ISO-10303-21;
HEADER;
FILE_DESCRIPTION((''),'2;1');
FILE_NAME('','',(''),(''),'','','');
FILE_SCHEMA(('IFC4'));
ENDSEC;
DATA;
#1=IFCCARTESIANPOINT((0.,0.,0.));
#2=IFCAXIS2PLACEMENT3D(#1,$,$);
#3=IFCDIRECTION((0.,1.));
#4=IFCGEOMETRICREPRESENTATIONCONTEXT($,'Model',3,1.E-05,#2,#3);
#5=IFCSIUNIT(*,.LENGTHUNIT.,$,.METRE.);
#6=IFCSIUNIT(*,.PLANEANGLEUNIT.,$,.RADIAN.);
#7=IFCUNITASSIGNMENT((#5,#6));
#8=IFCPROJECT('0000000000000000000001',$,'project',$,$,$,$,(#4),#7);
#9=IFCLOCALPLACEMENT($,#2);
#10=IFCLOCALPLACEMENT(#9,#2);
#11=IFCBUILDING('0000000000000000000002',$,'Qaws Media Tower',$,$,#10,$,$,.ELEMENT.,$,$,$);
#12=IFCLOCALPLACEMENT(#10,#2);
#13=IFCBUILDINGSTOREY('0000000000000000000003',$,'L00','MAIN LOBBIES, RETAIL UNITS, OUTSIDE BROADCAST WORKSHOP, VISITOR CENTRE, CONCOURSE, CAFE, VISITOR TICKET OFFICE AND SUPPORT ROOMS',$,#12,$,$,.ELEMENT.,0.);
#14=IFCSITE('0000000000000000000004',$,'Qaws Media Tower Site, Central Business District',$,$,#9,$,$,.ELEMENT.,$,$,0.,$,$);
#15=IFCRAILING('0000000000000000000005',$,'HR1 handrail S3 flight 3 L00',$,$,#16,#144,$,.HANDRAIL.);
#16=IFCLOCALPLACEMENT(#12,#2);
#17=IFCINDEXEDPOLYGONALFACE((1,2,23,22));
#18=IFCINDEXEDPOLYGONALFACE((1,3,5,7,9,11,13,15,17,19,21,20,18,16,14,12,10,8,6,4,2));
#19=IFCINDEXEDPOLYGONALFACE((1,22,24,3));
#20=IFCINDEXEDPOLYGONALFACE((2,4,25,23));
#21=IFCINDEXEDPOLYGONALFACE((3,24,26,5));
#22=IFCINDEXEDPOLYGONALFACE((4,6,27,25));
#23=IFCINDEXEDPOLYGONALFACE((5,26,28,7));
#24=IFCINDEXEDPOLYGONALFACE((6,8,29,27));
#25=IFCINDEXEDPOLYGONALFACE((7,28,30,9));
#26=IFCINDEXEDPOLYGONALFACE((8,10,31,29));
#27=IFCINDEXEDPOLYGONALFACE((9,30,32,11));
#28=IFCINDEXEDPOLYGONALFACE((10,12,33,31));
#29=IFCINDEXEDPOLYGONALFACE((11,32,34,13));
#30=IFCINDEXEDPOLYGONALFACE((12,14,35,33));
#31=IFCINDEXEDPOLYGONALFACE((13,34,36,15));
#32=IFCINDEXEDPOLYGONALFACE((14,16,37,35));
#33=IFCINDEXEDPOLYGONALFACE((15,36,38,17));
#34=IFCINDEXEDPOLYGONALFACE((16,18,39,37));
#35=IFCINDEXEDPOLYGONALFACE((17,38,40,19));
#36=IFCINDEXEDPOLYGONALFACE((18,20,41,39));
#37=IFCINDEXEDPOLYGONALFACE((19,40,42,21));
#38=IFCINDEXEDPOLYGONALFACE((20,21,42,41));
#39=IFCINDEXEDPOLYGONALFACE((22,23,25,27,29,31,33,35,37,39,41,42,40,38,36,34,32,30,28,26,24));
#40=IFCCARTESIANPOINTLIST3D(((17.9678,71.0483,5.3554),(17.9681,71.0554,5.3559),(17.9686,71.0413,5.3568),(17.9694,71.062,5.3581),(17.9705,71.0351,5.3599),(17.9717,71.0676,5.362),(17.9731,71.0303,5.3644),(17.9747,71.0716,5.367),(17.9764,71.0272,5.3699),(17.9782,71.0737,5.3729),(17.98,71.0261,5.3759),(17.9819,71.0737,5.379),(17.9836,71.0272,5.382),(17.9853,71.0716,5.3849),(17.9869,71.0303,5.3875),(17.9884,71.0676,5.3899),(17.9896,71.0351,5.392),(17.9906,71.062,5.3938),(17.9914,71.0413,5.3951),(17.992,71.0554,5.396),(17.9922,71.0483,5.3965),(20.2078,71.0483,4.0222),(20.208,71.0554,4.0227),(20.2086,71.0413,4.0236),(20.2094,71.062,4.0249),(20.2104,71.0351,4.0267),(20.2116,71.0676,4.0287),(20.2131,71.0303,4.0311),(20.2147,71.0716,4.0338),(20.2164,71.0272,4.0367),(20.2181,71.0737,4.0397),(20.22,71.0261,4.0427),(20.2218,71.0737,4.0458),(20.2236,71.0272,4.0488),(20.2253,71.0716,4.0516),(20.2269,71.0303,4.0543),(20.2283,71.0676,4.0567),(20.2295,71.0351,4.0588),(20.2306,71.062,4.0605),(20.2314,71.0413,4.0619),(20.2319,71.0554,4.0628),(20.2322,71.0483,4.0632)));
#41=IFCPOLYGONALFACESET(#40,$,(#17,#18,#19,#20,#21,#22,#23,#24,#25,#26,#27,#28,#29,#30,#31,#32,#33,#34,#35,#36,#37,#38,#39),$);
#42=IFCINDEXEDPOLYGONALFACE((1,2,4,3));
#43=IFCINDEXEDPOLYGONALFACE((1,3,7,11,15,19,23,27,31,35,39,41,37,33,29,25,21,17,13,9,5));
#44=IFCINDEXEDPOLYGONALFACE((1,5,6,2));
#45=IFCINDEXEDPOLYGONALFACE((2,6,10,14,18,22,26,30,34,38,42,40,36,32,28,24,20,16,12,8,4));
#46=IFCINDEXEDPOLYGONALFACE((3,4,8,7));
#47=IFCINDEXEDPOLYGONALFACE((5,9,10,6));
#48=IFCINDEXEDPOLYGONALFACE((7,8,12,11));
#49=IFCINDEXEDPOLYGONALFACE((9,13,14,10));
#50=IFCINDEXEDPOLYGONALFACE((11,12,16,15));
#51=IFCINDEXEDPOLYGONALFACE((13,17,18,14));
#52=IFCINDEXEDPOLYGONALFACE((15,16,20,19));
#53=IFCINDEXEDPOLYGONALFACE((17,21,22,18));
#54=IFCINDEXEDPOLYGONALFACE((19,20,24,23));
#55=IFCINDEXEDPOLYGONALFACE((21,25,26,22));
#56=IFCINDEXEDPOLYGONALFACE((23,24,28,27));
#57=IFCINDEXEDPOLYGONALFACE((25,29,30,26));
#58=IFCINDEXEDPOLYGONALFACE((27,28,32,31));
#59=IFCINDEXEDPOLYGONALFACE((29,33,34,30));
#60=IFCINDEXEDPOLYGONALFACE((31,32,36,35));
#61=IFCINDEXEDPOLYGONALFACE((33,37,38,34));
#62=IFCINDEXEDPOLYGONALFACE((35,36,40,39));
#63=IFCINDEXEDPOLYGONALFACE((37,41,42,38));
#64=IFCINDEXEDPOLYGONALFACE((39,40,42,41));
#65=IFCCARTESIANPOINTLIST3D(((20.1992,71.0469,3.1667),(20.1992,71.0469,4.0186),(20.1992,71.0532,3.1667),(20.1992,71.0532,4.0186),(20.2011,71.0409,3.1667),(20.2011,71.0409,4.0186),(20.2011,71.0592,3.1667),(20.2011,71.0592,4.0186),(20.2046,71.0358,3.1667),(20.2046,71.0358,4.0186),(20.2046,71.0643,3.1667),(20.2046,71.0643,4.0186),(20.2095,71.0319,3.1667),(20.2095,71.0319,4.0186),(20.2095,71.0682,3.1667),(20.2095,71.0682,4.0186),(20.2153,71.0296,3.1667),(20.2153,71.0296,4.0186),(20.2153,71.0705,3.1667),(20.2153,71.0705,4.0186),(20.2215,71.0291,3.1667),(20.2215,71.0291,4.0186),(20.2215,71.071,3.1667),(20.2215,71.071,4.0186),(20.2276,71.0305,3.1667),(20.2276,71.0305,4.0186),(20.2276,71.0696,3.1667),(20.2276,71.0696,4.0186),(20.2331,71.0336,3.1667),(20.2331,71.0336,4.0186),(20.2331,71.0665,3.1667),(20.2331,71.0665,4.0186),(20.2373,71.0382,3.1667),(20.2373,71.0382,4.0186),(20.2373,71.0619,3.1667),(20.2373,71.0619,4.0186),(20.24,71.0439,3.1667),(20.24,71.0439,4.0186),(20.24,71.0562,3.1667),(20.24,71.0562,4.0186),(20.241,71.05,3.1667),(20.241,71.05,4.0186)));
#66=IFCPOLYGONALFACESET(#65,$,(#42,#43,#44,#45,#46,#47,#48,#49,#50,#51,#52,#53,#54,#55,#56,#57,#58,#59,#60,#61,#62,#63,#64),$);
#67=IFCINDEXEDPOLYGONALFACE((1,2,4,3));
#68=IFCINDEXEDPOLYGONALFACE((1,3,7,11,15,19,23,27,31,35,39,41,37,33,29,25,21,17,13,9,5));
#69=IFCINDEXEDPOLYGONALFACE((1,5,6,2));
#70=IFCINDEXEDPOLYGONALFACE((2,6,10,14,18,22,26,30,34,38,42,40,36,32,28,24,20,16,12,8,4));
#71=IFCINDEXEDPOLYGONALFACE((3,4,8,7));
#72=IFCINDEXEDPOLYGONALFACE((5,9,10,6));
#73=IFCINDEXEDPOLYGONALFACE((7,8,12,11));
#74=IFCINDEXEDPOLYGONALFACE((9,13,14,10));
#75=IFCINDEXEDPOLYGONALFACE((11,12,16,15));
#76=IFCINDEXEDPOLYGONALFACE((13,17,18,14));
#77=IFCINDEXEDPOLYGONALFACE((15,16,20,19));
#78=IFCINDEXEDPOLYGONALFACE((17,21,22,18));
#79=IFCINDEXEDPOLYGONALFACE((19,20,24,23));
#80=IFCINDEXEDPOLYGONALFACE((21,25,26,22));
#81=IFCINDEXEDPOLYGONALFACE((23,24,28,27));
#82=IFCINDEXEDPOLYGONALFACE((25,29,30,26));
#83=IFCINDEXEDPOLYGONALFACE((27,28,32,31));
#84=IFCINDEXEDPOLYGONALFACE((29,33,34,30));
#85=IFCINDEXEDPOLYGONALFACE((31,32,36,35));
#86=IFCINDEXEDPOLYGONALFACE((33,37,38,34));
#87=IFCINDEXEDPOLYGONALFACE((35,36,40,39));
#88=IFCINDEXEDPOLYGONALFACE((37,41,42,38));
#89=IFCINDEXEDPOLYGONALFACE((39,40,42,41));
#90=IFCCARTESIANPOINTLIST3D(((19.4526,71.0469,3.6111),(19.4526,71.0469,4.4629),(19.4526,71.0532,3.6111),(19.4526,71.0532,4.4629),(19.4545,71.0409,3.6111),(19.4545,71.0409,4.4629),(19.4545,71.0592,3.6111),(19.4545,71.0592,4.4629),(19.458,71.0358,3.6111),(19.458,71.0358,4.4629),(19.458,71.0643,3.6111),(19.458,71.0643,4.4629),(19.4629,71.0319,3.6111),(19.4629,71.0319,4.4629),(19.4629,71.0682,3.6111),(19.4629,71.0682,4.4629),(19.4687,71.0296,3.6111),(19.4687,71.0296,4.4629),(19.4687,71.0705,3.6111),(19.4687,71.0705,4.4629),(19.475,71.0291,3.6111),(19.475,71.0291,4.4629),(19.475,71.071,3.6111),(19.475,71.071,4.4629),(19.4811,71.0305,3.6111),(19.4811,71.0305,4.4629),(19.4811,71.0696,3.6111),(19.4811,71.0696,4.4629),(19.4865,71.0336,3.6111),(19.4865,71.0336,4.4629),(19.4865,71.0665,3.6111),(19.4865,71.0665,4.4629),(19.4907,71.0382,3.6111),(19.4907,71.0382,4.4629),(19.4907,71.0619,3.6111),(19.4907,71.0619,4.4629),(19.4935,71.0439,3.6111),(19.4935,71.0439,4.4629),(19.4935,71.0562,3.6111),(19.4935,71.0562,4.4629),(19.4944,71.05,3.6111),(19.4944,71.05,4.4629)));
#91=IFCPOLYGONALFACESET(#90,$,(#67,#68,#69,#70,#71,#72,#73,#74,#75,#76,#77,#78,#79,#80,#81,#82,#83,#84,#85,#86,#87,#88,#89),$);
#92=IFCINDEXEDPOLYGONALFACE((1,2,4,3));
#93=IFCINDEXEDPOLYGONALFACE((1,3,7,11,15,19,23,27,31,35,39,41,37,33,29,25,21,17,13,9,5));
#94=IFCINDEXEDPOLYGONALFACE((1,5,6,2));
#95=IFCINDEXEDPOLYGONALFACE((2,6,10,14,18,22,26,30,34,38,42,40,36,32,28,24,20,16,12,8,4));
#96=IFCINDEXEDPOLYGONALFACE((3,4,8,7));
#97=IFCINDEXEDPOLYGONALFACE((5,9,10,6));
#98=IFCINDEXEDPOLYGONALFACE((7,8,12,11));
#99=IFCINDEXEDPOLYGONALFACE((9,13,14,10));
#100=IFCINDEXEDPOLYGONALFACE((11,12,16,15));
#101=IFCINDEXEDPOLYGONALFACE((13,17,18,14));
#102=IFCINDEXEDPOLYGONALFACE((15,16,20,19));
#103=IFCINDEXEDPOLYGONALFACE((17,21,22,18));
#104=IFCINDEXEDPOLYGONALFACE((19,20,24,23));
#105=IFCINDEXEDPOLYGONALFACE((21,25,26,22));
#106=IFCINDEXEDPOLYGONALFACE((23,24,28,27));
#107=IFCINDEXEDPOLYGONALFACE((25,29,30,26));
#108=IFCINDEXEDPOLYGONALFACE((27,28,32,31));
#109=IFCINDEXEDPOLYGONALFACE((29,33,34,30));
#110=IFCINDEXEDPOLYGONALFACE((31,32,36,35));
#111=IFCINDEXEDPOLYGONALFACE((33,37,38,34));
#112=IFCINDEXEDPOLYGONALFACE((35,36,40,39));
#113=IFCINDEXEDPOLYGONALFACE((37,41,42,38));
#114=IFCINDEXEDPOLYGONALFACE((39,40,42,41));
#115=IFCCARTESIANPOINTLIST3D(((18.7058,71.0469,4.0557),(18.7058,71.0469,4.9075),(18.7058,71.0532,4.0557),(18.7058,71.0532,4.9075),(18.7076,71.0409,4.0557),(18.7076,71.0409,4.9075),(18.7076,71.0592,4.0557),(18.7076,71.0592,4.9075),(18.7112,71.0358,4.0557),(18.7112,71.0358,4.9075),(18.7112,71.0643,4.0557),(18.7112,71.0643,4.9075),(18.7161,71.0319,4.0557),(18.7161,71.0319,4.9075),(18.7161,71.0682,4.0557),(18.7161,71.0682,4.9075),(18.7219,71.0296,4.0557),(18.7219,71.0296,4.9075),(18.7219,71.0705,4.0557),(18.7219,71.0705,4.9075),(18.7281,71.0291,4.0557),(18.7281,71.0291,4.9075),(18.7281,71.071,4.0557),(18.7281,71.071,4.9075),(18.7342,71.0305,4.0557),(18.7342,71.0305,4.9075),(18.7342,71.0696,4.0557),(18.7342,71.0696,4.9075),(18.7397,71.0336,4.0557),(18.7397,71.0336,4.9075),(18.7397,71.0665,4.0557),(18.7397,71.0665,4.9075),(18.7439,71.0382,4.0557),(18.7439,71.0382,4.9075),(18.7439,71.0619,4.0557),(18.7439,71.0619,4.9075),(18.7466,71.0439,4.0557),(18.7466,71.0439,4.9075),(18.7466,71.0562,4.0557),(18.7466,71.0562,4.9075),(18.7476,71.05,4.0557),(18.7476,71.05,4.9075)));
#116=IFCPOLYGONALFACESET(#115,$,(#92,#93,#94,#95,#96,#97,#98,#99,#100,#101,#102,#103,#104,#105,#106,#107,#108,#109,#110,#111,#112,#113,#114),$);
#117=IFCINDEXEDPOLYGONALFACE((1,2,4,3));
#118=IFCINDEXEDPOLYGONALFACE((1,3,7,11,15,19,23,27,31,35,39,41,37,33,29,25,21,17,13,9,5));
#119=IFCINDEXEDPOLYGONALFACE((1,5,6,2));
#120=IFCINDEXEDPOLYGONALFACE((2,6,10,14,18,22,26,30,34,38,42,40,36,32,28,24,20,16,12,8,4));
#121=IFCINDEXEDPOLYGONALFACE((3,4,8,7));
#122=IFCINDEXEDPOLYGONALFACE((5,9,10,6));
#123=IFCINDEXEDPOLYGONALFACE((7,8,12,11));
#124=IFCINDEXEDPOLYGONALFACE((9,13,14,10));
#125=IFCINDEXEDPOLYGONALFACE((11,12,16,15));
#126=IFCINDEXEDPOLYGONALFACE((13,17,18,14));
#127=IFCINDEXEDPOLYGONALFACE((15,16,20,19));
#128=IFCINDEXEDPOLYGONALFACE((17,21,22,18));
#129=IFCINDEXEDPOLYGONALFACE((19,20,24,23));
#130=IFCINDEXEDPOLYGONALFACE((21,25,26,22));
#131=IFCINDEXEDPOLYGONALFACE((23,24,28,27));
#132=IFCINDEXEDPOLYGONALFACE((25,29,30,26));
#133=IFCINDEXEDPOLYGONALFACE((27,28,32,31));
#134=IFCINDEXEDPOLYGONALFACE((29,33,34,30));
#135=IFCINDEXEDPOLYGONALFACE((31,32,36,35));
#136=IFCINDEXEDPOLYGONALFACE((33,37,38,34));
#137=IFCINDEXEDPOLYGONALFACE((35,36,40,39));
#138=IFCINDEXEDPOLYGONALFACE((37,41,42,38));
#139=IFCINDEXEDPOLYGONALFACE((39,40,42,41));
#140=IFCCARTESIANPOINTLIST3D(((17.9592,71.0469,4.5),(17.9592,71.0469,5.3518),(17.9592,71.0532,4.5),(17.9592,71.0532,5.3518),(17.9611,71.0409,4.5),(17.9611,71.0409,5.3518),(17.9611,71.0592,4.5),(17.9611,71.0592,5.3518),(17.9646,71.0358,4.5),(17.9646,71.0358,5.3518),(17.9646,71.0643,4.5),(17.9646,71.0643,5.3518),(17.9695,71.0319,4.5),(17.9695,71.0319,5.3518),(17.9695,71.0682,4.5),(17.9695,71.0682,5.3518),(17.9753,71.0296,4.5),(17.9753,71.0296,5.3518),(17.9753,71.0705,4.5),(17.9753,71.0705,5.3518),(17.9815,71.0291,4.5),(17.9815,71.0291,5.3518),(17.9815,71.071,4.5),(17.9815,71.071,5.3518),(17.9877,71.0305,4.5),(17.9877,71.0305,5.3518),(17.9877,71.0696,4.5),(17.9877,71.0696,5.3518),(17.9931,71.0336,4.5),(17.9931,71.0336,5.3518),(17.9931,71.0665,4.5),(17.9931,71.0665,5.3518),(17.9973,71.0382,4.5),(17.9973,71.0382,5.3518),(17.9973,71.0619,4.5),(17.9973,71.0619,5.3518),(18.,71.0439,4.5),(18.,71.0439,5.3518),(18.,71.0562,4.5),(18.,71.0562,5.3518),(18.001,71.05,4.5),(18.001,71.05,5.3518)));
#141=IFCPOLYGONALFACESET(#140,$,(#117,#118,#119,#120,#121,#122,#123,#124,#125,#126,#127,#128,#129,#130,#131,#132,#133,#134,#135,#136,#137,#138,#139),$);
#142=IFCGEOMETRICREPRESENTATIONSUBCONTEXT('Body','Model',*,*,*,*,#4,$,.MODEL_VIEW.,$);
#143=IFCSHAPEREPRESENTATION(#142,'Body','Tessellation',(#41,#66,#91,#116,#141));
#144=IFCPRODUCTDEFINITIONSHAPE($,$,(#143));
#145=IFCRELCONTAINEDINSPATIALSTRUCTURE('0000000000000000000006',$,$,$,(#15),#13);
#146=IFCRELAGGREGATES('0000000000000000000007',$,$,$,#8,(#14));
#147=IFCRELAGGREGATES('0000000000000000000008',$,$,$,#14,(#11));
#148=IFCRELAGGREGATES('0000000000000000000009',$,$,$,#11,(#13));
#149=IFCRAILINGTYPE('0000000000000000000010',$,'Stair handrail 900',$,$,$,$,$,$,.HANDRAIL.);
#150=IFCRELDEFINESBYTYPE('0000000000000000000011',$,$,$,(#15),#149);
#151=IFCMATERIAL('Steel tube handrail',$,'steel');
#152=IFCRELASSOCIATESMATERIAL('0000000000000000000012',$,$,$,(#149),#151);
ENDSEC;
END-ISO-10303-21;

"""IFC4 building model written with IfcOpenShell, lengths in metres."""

from ifc_helpers import new_model, si_unit, direction, frame, origin, origin_2d, place, context, subcontext, project, spatial, circle, extrude, material, type_object, element, save


model = new_model("IFC4")

# Units and contexts
model_context = context("Model", 3, precision=1e-05, world=origin(), true_north=direction((0.0, 1.0)))
body_context = subcontext(model_context, "Body", "Model", "MODEL_VIEW")
ifc_project = project(units=[si_unit("LENGTHUNIT", "METRE"), si_unit("PLANEANGLEUNIT", "RADIAN")], contexts=[model_context])

# Site, building, storey
site_placement = place(None, origin())
site = spatial("IfcSite", under=ifc_project, at=site_placement, Name="Qaws Media Tower Site, Central Business District", CompositionType="ELEMENT", RefElevation=0.0)
building_placement = place(site_placement, origin())
building = spatial("IfcBuilding", under=site, at=building_placement, Name="Qaws Media Tower", CompositionType="ELEMENT")
storey_placement = place(building_placement, origin())
storey = spatial("IfcBuildingStorey", under=building, at=storey_placement, Name="L00", Description="MAIN LOBBIES, RETAIL UNITS, OUTSIDE BROADCAST WORKSHOP, VISITOR CENTRE, CONCOURSE, CAFE, VISITOR TICKET OFFICE AND SUPPORT ROOMS", CompositionType="ELEMENT", Elevation=0.0)

# Railing
ifc_material_1 = material(Name="Steel tube handrail", Category="steel")
railing_type = type_object("IfcRailingType", Name="Stair handrail 900", PredefinedType="HANDRAIL", material=ifc_material_1)
for number, where, name in (
    (1, (20.22, 71.05, 3.1667), "HR1 handrail S3 flight 3 L00"),
):
    element("IfcRailing", number, at=place(storey_placement, frame(where)), inside=storey, type_object=railing_type, Name=name, PredefinedType="HANDRAIL", context=body_context, shape_type="SweptSolid", body=[
        extrude(circle(Radius=0.0239, at=origin_2d()), frame((0.0, 0.0, 0.876), z_axis=(-0.859306, 0.0, 0.511462), x_axis=(0.0, -1.0, 0.0)), (0.0, 0.0, 1.0), 2.6067),
        extrude(circle(Radius=0.021, at=origin_2d()), origin(), (0.0, 0.0, 1.0), 0.8518),
        extrude(circle(Radius=0.021, at=origin_2d()), frame((-0.7466, 0.0, 0.4443)), (0.0, 0.0, 1.0), 0.8518),
        extrude(circle(Radius=0.021, at=origin_2d()), frame((-1.4934, 0.0, 0.8889)), (0.0, 0.0, 1.0), 0.8518),
        extrude(circle(Radius=0.021, at=origin_2d()), frame((-2.24, 0.0, 1.3333)), (0.0, 0.0, 1.0), 0.8518),
    ])

save(model, "model.ifc")
